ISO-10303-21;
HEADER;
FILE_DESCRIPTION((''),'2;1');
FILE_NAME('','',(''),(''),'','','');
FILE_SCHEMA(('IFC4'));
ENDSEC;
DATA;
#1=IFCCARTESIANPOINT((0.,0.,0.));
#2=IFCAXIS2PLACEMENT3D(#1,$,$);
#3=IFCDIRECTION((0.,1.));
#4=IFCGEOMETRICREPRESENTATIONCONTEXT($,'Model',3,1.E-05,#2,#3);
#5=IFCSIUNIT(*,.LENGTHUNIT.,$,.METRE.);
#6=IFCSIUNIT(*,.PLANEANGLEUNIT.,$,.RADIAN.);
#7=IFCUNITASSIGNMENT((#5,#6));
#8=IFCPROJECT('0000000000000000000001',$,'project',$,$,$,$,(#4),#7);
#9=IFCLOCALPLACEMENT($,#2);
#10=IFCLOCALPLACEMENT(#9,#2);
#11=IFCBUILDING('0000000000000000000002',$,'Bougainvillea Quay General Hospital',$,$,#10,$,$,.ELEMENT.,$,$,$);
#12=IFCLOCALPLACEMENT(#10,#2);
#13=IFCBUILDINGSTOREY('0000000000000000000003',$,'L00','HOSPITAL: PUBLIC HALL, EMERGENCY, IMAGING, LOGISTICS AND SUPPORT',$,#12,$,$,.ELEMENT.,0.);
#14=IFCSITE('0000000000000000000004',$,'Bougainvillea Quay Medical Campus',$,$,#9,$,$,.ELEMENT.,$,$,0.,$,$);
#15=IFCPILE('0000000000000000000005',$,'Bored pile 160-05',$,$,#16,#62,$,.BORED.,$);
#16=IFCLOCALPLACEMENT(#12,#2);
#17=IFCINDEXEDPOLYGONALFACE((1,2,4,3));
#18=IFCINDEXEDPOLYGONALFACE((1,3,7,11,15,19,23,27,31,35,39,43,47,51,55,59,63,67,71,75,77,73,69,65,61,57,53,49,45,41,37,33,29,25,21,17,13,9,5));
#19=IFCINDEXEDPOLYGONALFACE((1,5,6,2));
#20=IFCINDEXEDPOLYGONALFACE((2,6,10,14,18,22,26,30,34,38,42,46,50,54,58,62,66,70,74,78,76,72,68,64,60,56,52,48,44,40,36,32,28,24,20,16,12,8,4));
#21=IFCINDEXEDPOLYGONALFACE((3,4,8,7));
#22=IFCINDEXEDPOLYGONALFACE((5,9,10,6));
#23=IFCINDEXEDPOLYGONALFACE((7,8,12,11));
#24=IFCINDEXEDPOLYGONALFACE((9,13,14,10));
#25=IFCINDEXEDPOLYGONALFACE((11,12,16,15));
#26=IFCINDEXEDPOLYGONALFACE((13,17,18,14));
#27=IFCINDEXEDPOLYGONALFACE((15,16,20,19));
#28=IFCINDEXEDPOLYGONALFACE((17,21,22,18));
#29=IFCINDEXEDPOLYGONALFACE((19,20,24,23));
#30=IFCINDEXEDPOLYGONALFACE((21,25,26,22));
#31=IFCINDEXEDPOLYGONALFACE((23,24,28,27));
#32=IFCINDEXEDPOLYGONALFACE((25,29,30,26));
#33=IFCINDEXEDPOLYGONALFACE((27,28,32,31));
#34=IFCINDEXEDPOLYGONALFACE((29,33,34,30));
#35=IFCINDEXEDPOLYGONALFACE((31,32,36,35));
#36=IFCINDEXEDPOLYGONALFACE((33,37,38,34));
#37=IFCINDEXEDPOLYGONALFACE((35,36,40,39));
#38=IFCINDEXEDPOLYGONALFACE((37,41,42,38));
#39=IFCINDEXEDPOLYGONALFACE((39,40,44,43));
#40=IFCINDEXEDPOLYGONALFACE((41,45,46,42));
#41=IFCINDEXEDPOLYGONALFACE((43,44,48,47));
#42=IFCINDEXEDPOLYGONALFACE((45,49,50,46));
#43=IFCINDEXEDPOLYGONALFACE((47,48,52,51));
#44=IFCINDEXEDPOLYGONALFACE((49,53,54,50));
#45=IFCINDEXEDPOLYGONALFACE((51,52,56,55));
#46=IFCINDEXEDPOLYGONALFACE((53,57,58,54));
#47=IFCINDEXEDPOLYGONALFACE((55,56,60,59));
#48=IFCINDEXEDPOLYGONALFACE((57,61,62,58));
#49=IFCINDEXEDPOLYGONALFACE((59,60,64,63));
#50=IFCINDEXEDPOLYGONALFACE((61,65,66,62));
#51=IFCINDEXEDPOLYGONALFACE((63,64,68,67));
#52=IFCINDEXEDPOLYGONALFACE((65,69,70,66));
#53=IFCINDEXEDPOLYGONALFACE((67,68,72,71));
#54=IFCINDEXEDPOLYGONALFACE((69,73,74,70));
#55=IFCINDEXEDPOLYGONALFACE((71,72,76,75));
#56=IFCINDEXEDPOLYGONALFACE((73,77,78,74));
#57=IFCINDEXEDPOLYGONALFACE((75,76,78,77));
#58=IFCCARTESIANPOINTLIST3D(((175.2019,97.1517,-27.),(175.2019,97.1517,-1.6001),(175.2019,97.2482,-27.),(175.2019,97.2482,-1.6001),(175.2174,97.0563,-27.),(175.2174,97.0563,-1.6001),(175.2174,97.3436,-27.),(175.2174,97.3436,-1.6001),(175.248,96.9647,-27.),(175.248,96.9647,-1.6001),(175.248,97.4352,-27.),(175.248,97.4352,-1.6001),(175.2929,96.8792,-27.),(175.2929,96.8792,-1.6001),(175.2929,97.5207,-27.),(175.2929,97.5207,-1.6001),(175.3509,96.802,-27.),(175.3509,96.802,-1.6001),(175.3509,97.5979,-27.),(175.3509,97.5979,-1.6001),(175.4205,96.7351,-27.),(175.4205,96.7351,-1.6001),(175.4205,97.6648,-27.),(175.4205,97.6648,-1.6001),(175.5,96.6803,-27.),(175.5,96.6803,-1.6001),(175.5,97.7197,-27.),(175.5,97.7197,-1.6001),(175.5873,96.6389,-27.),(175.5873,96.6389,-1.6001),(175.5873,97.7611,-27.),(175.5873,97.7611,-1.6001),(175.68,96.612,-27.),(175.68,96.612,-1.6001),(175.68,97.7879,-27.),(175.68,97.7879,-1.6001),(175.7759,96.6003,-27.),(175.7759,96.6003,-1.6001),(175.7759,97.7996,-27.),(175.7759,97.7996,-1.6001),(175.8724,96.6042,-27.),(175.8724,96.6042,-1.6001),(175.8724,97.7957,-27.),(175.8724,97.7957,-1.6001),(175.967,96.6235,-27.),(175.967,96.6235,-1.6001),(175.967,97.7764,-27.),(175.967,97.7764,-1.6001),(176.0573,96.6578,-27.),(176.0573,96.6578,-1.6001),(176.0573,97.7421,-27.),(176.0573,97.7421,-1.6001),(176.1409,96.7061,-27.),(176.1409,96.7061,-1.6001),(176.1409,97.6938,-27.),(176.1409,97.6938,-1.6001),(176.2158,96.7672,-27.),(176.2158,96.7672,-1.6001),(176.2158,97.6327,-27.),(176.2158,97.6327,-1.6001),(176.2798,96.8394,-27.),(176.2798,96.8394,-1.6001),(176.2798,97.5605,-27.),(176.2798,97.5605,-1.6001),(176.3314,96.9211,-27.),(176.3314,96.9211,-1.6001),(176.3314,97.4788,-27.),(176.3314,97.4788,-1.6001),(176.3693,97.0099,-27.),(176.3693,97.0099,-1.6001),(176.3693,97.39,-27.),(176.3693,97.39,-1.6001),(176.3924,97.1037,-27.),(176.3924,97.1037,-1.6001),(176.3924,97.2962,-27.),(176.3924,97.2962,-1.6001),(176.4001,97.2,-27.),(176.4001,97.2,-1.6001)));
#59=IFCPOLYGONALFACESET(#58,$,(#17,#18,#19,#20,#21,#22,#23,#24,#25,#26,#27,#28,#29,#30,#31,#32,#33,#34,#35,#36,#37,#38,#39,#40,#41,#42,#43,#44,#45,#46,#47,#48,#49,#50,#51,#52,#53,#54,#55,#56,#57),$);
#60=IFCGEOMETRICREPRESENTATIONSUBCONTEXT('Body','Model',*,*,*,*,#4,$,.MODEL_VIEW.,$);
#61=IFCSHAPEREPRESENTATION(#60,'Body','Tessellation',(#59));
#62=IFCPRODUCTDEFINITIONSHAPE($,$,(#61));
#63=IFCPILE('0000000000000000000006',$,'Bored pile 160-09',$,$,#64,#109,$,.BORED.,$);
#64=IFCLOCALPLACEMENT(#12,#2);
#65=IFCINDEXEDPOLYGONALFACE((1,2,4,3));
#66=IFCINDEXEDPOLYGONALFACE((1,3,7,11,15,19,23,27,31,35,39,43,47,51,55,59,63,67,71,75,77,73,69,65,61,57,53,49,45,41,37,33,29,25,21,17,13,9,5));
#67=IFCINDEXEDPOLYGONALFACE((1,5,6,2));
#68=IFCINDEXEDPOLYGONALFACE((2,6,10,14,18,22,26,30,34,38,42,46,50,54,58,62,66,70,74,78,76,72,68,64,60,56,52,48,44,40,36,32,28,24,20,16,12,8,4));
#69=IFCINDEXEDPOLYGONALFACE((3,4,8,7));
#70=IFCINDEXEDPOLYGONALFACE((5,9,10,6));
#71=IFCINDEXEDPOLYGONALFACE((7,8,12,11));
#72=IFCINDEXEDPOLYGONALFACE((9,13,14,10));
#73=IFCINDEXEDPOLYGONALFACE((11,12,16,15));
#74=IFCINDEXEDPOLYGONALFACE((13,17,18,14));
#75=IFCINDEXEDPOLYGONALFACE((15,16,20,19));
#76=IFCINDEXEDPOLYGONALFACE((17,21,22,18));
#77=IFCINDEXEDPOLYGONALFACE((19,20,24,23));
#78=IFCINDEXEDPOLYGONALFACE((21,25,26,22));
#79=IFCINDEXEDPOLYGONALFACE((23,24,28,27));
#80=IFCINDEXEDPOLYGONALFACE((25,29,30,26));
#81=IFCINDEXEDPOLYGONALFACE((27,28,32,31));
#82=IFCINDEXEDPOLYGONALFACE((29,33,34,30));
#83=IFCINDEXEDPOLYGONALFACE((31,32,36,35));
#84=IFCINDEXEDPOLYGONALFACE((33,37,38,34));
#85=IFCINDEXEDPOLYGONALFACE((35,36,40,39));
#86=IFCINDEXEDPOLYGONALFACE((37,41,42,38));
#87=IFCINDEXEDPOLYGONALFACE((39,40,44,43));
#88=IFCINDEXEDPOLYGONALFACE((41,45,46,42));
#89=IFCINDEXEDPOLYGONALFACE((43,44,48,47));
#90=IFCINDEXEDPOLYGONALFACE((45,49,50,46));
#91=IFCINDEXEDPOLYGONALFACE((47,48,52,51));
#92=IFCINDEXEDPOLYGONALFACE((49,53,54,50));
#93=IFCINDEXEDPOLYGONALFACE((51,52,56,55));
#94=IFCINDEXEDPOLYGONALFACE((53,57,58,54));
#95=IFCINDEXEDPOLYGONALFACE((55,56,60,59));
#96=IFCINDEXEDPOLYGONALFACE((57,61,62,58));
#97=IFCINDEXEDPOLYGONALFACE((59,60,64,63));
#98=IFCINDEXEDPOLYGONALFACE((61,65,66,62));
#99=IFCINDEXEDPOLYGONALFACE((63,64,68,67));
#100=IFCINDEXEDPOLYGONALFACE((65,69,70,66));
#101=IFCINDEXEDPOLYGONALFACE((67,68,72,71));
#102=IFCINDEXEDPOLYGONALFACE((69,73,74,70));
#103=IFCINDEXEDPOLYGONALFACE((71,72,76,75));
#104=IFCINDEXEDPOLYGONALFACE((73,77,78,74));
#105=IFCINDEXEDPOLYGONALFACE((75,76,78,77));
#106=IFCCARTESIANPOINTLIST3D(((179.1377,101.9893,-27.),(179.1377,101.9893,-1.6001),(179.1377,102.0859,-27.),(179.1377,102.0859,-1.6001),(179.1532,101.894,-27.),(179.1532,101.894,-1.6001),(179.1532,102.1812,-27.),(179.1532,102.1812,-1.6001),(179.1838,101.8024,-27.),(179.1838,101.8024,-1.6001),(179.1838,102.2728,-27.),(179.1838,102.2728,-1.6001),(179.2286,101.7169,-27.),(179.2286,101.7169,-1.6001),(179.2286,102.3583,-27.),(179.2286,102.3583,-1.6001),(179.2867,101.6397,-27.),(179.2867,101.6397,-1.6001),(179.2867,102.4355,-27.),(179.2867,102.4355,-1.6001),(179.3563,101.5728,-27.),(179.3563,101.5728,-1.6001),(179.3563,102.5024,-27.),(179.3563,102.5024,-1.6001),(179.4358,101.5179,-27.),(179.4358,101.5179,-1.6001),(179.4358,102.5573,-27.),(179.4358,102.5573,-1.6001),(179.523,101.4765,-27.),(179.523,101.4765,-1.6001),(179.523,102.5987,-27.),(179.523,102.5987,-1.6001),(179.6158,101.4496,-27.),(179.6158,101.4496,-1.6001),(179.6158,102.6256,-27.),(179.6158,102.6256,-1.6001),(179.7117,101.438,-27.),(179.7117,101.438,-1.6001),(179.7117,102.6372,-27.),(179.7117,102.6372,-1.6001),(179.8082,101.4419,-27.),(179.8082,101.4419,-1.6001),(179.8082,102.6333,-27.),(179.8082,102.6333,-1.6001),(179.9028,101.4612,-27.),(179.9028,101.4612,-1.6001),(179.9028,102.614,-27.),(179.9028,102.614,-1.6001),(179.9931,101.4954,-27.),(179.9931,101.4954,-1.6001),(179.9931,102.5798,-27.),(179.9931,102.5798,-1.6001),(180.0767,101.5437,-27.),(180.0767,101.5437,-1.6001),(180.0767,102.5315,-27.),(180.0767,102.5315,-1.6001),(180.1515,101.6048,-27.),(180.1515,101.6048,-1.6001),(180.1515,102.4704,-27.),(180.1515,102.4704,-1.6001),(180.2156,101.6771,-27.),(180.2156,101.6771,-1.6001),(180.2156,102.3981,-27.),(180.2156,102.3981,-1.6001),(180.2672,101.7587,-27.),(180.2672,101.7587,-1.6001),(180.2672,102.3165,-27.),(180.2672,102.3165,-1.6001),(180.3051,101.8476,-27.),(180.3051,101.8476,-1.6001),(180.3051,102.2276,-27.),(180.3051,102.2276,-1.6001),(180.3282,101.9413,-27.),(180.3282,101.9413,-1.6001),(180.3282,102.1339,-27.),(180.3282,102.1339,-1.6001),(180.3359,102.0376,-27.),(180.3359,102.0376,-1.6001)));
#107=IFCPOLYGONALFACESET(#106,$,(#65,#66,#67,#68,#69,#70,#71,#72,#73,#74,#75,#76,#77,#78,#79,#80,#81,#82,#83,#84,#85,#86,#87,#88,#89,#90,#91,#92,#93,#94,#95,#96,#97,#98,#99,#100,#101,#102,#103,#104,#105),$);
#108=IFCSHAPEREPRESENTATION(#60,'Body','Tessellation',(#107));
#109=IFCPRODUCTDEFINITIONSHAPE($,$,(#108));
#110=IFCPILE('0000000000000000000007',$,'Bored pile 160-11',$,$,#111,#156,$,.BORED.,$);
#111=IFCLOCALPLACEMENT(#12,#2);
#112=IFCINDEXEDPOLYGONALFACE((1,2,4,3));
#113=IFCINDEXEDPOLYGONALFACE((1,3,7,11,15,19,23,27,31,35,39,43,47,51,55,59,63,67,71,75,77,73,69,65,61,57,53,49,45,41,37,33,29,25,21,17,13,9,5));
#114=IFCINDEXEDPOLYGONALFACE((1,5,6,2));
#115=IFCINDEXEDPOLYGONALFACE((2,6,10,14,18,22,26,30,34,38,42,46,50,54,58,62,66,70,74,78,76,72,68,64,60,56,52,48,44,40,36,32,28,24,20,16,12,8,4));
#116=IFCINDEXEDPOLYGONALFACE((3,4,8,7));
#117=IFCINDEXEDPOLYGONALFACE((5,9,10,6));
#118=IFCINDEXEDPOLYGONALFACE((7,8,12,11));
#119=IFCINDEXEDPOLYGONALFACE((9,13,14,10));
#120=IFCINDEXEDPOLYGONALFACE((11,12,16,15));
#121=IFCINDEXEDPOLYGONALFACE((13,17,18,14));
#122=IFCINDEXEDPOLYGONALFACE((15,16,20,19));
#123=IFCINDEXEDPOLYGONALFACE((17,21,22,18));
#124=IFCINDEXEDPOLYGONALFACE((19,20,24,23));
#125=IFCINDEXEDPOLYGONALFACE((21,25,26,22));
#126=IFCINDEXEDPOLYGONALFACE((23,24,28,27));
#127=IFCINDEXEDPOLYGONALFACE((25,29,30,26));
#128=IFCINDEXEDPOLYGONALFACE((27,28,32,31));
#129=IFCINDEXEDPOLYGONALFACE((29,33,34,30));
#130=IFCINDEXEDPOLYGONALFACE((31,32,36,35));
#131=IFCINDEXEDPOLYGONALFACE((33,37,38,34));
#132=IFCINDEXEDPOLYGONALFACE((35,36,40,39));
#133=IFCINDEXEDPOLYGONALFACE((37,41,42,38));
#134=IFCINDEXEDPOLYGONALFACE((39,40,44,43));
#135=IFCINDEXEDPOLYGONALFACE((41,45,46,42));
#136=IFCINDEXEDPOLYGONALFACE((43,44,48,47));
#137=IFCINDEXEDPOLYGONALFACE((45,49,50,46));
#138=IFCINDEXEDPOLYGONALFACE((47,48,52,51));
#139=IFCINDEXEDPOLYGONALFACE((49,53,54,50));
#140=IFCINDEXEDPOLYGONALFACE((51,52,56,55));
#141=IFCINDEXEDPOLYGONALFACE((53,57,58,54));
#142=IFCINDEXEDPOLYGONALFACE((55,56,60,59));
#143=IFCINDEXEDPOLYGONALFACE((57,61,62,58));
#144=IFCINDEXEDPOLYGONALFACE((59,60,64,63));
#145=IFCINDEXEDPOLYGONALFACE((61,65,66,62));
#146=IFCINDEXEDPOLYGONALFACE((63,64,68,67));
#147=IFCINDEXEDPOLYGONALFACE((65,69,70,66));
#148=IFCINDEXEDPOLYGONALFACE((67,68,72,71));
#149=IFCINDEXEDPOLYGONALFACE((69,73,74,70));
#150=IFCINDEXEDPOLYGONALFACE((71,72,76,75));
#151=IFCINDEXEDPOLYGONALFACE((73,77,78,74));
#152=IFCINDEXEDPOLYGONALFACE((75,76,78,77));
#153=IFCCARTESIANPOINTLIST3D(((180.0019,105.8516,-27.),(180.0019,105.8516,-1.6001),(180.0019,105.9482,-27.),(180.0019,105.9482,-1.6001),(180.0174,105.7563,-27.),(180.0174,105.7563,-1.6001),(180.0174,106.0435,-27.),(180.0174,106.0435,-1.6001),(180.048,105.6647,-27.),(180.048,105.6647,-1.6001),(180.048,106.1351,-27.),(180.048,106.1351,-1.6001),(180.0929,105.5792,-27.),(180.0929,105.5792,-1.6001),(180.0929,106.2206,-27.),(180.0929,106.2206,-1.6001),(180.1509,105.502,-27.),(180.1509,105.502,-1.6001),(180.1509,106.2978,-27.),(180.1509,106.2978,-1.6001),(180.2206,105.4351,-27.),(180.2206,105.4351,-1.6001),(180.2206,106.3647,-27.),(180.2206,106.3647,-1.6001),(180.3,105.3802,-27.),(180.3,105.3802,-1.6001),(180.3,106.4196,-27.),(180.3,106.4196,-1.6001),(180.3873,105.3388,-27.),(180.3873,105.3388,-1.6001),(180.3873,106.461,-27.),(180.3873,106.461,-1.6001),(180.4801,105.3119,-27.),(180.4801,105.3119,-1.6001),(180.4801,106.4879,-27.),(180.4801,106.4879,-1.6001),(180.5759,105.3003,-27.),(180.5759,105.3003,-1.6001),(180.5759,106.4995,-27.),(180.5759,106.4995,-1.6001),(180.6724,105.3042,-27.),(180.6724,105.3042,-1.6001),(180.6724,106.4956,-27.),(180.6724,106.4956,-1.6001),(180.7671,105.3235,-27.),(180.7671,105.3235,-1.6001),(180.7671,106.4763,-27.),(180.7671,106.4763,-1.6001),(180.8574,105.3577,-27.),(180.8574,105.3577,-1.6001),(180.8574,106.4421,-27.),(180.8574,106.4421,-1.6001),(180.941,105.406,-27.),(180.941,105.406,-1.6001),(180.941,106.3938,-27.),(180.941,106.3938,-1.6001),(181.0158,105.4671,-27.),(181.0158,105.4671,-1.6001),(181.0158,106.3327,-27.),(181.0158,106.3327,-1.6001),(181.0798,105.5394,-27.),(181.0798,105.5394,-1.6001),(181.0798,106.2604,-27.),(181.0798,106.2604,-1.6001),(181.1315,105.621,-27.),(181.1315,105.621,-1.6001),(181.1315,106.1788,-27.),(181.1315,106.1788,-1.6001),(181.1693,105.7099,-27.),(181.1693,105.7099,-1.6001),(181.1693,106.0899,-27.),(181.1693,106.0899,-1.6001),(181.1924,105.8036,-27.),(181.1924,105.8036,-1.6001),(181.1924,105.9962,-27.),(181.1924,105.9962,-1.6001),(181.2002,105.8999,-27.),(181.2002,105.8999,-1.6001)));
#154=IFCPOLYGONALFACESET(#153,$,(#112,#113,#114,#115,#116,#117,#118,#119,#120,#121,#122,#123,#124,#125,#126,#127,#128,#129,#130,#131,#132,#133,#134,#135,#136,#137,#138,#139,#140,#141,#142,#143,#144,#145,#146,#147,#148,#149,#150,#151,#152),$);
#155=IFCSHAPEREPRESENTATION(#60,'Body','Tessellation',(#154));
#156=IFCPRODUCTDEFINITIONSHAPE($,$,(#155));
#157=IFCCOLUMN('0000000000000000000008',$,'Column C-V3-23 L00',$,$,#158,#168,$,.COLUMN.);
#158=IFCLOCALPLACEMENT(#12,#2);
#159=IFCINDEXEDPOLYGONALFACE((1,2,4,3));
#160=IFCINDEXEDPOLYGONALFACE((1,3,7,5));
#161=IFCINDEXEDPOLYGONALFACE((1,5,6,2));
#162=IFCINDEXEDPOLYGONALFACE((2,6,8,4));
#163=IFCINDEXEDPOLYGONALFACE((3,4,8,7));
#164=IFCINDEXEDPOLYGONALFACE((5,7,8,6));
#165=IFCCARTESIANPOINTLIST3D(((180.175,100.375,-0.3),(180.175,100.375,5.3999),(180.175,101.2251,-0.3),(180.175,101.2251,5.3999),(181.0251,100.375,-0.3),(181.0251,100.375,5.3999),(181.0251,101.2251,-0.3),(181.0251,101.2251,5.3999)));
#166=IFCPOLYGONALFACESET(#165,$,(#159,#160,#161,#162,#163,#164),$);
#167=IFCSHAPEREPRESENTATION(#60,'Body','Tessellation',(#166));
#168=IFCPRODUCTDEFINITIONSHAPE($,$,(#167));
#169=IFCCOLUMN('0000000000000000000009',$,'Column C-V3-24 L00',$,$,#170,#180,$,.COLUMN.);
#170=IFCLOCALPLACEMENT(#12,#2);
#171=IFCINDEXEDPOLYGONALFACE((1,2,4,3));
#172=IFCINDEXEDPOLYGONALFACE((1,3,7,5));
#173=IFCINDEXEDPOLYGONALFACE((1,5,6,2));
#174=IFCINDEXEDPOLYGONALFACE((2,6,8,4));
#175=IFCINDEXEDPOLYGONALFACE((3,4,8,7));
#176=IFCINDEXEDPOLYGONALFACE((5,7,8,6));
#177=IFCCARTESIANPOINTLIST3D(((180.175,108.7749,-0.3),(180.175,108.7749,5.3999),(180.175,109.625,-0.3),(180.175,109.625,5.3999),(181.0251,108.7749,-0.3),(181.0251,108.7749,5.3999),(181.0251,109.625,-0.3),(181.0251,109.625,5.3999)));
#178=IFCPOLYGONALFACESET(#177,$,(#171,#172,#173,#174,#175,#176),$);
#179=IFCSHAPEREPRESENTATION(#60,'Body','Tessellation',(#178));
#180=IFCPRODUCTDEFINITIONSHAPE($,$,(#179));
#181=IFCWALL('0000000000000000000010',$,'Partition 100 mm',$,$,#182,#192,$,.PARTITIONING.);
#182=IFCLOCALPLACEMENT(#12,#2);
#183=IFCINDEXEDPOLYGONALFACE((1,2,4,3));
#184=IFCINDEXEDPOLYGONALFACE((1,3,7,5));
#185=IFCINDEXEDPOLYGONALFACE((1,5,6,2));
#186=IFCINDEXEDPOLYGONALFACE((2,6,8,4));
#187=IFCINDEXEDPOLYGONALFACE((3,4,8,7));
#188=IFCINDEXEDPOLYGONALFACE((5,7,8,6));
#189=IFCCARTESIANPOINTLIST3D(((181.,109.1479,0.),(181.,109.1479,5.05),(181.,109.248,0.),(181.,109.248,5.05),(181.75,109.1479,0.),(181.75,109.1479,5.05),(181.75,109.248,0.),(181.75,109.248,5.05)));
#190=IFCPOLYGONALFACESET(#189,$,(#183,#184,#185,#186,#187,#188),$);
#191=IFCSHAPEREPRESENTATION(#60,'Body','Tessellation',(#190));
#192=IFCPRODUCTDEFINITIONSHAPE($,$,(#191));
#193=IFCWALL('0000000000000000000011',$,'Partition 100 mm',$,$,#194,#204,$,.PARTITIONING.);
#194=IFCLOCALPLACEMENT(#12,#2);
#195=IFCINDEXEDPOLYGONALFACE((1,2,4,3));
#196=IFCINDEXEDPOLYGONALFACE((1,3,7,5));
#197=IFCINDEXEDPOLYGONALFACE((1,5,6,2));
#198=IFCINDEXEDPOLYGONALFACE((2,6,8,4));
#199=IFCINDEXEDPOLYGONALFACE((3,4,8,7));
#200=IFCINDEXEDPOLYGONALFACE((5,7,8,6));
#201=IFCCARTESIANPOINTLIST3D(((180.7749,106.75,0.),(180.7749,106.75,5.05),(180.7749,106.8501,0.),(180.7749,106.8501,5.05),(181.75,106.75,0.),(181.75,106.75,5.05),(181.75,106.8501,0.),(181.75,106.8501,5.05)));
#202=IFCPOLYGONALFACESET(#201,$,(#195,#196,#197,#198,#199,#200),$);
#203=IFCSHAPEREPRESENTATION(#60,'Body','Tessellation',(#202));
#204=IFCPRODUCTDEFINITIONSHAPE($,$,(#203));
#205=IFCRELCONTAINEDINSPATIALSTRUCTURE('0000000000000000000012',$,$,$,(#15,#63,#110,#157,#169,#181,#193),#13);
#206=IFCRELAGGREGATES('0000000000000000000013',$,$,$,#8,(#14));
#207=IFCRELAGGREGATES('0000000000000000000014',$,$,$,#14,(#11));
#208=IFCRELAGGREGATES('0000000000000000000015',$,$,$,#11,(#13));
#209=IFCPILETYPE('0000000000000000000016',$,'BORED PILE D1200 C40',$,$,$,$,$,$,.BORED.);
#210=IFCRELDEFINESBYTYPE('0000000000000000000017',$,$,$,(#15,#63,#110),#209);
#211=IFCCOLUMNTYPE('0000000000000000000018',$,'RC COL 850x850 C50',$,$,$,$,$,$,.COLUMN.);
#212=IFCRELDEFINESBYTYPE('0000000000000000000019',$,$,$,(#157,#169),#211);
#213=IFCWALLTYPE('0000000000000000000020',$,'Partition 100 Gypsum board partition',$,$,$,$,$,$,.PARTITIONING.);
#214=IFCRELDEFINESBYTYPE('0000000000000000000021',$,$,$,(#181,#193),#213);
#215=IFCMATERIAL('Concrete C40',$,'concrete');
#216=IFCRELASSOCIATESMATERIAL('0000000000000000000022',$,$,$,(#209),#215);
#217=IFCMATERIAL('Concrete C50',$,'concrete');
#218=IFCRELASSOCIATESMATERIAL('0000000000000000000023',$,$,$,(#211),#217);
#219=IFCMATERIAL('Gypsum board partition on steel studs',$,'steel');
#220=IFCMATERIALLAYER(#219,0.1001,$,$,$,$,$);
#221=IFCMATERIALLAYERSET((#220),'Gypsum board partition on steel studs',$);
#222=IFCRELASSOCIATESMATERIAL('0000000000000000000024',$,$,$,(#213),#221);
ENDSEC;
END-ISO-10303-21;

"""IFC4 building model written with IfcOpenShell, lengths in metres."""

from ifc_helpers import new_model, si_unit, direction, frame, frame_2d, origin, origin_2d, place, context, subcontext, project, spatial, rectangle, circle, extrude, material, layer, layer_set, material_profile, profile_set, type_object, element, save


model = new_model("IFC4")

# Units and contexts
model_context = context("Model", 3, precision=1e-05, world=origin(), true_north=direction((0.0, 1.0)))
body_context = subcontext(model_context, "Body", "Model", "MODEL_VIEW")
ifc_project = project(units=[si_unit("LENGTHUNIT", "METRE"), si_unit("PLANEANGLEUNIT", "RADIAN")], contexts=[model_context])

# Site, building, storey
site_placement = place(None, origin())
site = spatial("IfcSite", under=ifc_project, at=site_placement, Name="Bougainvillea Quay Medical Campus", CompositionType="ELEMENT", RefElevation=0.0)
building_placement = place(site_placement, origin())
building = spatial("IfcBuilding", under=site, at=building_placement, Name="Bougainvillea Quay General Hospital", CompositionType="ELEMENT")
storey_placement = place(building_placement, origin())
storey = spatial("IfcBuildingStorey", under=building, at=storey_placement, Name="L00", Description="HOSPITAL: PUBLIC HALL, EMERGENCY, IMAGING, LOGISTICS AND SUPPORT", CompositionType="ELEMENT", Elevation=0.0)

# Piles
ifc_material_1 = material(Name="Concrete C40", Category="concrete")
ifc_material_profile_1 = material_profile(ifc_material_1, circle(Radius=0.6001, at=origin_2d()))
ifc_profile_set_1 = profile_set([ifc_material_profile_1], Name="Concrete C40")
pile_type = type_object("IfcPileType", Name="BORED PILE D1200 C40", PredefinedType="BORED", material=ifc_profile_set_1)
for number, where, z_axis, x_axis, name in (
    (1, (175.8, 97.2, -1.6001), (0.0, 0.0, -1.0), (1.0, 0.0, 0.0), "Bored pile 160-05"),
    (2, (179.7358, 102.0376, -1.6001), (0.0, 0.0, -1.0), (1.0, 0.0, 0.0), "Bored pile 160-09"),
    (3, (180.6001, 105.8999, -1.6001), (0.0, 0.0, -1.0), (1.0, 0.0, 0.0), "Bored pile 160-11"),
):
    element("IfcPile", number, at=place(storey_placement, frame(where, z_axis=z_axis, x_axis=x_axis)), inside=storey, type_object=pile_type, Name=name, PredefinedType="BORED", context=body_context, shape_type="SweptSolid", body=[
        extrude(circle(Radius=0.6001, at=origin_2d()), origin(), (0.0, 0.0, 1.0), 25.3999),
    ])

# Columns
ifc_material_2 = material(Name="Concrete C50", Category="concrete")
ifc_material_profile_2 = material_profile(ifc_material_2, rectangle(XDim=0.8501, YDim=0.8501, at=origin_2d()))
ifc_profile_set_2 = profile_set([ifc_material_profile_2], Name="Concrete C50")
column_type = type_object("IfcColumnType", Name="RC COL 850x850 C50", PredefinedType="COLUMN", material=ifc_profile_set_2)
for number, where, z_axis, x_axis, name in (
    (4, (180.6001, 100.8, -0.3), (0.0, 0.0, 1.0), (1.0, 0.0, 0.0), "Column C-V3-23 L00"),
    (5, (180.6001, 109.2, -0.3), (0.0, 0.0, 1.0), (1.0, 0.0, 0.0), "Column C-V3-24 L00"),
):
    element("IfcColumn", number, at=place(storey_placement, frame(where, z_axis=z_axis, x_axis=x_axis)), inside=storey, type_object=column_type, Name=name, PredefinedType="COLUMN", context=body_context, shape_type="SweptSolid", body=[
        extrude(rectangle(XDim=0.8501, YDim=0.8501, at=origin_2d()), origin(), (0.0, 0.0, 1.0), 5.7),
    ])

# Walls
ifc_material_3 = material(Name="Gypsum board partition on steel studs", Category="steel")
ifc_layer_1 = layer(ifc_material_3, 0.1001)
ifc_layer_set_1 = layer_set([ifc_layer_1], Name="Gypsum board partition on steel studs")
wall_type_1 = type_object("IfcWallType", Name="Partition 100 Gypsum board partition", PredefinedType="PARTITIONING", material=ifc_layer_set_1)
wall_1_placement = place(storey_placement, frame((181.0, 109.198, 0.0), z_axis=(0.0, 0.0, 1.0), x_axis=(1.0, 0.0, 0.0)))
element("IfcWall", 6, at=wall_1_placement, inside=storey, type_object=wall_type_1, Name="Partition 100 mm", PredefinedType="PARTITIONING", context=body_context, shape_type="SweptSolid", body=[
    extrude(rectangle(XDim=0.75, YDim=0.1001, at=frame_2d((0.375, 0.0))), origin(), (0.0, 0.0, 1.0), 5.05),
])
wall_2_placement = place(storey_placement, frame((180.7749, 106.8, 0.0), z_axis=(0.0, 0.0, 1.0), x_axis=(1.0, 0.0, 0.0)))
element("IfcWall", 7, at=wall_2_placement, inside=storey, type_object=wall_type_1, Name="Partition 100 mm", PredefinedType="PARTITIONING", context=body_context, shape_type="SweptSolid", body=[
    extrude(rectangle(XDim=0.9751, YDim=0.1001, at=frame_2d((0.4875, 0.0))), origin(), (0.0, 0.0, 1.0), 5.05),
])

save(model, "model.ifc")
